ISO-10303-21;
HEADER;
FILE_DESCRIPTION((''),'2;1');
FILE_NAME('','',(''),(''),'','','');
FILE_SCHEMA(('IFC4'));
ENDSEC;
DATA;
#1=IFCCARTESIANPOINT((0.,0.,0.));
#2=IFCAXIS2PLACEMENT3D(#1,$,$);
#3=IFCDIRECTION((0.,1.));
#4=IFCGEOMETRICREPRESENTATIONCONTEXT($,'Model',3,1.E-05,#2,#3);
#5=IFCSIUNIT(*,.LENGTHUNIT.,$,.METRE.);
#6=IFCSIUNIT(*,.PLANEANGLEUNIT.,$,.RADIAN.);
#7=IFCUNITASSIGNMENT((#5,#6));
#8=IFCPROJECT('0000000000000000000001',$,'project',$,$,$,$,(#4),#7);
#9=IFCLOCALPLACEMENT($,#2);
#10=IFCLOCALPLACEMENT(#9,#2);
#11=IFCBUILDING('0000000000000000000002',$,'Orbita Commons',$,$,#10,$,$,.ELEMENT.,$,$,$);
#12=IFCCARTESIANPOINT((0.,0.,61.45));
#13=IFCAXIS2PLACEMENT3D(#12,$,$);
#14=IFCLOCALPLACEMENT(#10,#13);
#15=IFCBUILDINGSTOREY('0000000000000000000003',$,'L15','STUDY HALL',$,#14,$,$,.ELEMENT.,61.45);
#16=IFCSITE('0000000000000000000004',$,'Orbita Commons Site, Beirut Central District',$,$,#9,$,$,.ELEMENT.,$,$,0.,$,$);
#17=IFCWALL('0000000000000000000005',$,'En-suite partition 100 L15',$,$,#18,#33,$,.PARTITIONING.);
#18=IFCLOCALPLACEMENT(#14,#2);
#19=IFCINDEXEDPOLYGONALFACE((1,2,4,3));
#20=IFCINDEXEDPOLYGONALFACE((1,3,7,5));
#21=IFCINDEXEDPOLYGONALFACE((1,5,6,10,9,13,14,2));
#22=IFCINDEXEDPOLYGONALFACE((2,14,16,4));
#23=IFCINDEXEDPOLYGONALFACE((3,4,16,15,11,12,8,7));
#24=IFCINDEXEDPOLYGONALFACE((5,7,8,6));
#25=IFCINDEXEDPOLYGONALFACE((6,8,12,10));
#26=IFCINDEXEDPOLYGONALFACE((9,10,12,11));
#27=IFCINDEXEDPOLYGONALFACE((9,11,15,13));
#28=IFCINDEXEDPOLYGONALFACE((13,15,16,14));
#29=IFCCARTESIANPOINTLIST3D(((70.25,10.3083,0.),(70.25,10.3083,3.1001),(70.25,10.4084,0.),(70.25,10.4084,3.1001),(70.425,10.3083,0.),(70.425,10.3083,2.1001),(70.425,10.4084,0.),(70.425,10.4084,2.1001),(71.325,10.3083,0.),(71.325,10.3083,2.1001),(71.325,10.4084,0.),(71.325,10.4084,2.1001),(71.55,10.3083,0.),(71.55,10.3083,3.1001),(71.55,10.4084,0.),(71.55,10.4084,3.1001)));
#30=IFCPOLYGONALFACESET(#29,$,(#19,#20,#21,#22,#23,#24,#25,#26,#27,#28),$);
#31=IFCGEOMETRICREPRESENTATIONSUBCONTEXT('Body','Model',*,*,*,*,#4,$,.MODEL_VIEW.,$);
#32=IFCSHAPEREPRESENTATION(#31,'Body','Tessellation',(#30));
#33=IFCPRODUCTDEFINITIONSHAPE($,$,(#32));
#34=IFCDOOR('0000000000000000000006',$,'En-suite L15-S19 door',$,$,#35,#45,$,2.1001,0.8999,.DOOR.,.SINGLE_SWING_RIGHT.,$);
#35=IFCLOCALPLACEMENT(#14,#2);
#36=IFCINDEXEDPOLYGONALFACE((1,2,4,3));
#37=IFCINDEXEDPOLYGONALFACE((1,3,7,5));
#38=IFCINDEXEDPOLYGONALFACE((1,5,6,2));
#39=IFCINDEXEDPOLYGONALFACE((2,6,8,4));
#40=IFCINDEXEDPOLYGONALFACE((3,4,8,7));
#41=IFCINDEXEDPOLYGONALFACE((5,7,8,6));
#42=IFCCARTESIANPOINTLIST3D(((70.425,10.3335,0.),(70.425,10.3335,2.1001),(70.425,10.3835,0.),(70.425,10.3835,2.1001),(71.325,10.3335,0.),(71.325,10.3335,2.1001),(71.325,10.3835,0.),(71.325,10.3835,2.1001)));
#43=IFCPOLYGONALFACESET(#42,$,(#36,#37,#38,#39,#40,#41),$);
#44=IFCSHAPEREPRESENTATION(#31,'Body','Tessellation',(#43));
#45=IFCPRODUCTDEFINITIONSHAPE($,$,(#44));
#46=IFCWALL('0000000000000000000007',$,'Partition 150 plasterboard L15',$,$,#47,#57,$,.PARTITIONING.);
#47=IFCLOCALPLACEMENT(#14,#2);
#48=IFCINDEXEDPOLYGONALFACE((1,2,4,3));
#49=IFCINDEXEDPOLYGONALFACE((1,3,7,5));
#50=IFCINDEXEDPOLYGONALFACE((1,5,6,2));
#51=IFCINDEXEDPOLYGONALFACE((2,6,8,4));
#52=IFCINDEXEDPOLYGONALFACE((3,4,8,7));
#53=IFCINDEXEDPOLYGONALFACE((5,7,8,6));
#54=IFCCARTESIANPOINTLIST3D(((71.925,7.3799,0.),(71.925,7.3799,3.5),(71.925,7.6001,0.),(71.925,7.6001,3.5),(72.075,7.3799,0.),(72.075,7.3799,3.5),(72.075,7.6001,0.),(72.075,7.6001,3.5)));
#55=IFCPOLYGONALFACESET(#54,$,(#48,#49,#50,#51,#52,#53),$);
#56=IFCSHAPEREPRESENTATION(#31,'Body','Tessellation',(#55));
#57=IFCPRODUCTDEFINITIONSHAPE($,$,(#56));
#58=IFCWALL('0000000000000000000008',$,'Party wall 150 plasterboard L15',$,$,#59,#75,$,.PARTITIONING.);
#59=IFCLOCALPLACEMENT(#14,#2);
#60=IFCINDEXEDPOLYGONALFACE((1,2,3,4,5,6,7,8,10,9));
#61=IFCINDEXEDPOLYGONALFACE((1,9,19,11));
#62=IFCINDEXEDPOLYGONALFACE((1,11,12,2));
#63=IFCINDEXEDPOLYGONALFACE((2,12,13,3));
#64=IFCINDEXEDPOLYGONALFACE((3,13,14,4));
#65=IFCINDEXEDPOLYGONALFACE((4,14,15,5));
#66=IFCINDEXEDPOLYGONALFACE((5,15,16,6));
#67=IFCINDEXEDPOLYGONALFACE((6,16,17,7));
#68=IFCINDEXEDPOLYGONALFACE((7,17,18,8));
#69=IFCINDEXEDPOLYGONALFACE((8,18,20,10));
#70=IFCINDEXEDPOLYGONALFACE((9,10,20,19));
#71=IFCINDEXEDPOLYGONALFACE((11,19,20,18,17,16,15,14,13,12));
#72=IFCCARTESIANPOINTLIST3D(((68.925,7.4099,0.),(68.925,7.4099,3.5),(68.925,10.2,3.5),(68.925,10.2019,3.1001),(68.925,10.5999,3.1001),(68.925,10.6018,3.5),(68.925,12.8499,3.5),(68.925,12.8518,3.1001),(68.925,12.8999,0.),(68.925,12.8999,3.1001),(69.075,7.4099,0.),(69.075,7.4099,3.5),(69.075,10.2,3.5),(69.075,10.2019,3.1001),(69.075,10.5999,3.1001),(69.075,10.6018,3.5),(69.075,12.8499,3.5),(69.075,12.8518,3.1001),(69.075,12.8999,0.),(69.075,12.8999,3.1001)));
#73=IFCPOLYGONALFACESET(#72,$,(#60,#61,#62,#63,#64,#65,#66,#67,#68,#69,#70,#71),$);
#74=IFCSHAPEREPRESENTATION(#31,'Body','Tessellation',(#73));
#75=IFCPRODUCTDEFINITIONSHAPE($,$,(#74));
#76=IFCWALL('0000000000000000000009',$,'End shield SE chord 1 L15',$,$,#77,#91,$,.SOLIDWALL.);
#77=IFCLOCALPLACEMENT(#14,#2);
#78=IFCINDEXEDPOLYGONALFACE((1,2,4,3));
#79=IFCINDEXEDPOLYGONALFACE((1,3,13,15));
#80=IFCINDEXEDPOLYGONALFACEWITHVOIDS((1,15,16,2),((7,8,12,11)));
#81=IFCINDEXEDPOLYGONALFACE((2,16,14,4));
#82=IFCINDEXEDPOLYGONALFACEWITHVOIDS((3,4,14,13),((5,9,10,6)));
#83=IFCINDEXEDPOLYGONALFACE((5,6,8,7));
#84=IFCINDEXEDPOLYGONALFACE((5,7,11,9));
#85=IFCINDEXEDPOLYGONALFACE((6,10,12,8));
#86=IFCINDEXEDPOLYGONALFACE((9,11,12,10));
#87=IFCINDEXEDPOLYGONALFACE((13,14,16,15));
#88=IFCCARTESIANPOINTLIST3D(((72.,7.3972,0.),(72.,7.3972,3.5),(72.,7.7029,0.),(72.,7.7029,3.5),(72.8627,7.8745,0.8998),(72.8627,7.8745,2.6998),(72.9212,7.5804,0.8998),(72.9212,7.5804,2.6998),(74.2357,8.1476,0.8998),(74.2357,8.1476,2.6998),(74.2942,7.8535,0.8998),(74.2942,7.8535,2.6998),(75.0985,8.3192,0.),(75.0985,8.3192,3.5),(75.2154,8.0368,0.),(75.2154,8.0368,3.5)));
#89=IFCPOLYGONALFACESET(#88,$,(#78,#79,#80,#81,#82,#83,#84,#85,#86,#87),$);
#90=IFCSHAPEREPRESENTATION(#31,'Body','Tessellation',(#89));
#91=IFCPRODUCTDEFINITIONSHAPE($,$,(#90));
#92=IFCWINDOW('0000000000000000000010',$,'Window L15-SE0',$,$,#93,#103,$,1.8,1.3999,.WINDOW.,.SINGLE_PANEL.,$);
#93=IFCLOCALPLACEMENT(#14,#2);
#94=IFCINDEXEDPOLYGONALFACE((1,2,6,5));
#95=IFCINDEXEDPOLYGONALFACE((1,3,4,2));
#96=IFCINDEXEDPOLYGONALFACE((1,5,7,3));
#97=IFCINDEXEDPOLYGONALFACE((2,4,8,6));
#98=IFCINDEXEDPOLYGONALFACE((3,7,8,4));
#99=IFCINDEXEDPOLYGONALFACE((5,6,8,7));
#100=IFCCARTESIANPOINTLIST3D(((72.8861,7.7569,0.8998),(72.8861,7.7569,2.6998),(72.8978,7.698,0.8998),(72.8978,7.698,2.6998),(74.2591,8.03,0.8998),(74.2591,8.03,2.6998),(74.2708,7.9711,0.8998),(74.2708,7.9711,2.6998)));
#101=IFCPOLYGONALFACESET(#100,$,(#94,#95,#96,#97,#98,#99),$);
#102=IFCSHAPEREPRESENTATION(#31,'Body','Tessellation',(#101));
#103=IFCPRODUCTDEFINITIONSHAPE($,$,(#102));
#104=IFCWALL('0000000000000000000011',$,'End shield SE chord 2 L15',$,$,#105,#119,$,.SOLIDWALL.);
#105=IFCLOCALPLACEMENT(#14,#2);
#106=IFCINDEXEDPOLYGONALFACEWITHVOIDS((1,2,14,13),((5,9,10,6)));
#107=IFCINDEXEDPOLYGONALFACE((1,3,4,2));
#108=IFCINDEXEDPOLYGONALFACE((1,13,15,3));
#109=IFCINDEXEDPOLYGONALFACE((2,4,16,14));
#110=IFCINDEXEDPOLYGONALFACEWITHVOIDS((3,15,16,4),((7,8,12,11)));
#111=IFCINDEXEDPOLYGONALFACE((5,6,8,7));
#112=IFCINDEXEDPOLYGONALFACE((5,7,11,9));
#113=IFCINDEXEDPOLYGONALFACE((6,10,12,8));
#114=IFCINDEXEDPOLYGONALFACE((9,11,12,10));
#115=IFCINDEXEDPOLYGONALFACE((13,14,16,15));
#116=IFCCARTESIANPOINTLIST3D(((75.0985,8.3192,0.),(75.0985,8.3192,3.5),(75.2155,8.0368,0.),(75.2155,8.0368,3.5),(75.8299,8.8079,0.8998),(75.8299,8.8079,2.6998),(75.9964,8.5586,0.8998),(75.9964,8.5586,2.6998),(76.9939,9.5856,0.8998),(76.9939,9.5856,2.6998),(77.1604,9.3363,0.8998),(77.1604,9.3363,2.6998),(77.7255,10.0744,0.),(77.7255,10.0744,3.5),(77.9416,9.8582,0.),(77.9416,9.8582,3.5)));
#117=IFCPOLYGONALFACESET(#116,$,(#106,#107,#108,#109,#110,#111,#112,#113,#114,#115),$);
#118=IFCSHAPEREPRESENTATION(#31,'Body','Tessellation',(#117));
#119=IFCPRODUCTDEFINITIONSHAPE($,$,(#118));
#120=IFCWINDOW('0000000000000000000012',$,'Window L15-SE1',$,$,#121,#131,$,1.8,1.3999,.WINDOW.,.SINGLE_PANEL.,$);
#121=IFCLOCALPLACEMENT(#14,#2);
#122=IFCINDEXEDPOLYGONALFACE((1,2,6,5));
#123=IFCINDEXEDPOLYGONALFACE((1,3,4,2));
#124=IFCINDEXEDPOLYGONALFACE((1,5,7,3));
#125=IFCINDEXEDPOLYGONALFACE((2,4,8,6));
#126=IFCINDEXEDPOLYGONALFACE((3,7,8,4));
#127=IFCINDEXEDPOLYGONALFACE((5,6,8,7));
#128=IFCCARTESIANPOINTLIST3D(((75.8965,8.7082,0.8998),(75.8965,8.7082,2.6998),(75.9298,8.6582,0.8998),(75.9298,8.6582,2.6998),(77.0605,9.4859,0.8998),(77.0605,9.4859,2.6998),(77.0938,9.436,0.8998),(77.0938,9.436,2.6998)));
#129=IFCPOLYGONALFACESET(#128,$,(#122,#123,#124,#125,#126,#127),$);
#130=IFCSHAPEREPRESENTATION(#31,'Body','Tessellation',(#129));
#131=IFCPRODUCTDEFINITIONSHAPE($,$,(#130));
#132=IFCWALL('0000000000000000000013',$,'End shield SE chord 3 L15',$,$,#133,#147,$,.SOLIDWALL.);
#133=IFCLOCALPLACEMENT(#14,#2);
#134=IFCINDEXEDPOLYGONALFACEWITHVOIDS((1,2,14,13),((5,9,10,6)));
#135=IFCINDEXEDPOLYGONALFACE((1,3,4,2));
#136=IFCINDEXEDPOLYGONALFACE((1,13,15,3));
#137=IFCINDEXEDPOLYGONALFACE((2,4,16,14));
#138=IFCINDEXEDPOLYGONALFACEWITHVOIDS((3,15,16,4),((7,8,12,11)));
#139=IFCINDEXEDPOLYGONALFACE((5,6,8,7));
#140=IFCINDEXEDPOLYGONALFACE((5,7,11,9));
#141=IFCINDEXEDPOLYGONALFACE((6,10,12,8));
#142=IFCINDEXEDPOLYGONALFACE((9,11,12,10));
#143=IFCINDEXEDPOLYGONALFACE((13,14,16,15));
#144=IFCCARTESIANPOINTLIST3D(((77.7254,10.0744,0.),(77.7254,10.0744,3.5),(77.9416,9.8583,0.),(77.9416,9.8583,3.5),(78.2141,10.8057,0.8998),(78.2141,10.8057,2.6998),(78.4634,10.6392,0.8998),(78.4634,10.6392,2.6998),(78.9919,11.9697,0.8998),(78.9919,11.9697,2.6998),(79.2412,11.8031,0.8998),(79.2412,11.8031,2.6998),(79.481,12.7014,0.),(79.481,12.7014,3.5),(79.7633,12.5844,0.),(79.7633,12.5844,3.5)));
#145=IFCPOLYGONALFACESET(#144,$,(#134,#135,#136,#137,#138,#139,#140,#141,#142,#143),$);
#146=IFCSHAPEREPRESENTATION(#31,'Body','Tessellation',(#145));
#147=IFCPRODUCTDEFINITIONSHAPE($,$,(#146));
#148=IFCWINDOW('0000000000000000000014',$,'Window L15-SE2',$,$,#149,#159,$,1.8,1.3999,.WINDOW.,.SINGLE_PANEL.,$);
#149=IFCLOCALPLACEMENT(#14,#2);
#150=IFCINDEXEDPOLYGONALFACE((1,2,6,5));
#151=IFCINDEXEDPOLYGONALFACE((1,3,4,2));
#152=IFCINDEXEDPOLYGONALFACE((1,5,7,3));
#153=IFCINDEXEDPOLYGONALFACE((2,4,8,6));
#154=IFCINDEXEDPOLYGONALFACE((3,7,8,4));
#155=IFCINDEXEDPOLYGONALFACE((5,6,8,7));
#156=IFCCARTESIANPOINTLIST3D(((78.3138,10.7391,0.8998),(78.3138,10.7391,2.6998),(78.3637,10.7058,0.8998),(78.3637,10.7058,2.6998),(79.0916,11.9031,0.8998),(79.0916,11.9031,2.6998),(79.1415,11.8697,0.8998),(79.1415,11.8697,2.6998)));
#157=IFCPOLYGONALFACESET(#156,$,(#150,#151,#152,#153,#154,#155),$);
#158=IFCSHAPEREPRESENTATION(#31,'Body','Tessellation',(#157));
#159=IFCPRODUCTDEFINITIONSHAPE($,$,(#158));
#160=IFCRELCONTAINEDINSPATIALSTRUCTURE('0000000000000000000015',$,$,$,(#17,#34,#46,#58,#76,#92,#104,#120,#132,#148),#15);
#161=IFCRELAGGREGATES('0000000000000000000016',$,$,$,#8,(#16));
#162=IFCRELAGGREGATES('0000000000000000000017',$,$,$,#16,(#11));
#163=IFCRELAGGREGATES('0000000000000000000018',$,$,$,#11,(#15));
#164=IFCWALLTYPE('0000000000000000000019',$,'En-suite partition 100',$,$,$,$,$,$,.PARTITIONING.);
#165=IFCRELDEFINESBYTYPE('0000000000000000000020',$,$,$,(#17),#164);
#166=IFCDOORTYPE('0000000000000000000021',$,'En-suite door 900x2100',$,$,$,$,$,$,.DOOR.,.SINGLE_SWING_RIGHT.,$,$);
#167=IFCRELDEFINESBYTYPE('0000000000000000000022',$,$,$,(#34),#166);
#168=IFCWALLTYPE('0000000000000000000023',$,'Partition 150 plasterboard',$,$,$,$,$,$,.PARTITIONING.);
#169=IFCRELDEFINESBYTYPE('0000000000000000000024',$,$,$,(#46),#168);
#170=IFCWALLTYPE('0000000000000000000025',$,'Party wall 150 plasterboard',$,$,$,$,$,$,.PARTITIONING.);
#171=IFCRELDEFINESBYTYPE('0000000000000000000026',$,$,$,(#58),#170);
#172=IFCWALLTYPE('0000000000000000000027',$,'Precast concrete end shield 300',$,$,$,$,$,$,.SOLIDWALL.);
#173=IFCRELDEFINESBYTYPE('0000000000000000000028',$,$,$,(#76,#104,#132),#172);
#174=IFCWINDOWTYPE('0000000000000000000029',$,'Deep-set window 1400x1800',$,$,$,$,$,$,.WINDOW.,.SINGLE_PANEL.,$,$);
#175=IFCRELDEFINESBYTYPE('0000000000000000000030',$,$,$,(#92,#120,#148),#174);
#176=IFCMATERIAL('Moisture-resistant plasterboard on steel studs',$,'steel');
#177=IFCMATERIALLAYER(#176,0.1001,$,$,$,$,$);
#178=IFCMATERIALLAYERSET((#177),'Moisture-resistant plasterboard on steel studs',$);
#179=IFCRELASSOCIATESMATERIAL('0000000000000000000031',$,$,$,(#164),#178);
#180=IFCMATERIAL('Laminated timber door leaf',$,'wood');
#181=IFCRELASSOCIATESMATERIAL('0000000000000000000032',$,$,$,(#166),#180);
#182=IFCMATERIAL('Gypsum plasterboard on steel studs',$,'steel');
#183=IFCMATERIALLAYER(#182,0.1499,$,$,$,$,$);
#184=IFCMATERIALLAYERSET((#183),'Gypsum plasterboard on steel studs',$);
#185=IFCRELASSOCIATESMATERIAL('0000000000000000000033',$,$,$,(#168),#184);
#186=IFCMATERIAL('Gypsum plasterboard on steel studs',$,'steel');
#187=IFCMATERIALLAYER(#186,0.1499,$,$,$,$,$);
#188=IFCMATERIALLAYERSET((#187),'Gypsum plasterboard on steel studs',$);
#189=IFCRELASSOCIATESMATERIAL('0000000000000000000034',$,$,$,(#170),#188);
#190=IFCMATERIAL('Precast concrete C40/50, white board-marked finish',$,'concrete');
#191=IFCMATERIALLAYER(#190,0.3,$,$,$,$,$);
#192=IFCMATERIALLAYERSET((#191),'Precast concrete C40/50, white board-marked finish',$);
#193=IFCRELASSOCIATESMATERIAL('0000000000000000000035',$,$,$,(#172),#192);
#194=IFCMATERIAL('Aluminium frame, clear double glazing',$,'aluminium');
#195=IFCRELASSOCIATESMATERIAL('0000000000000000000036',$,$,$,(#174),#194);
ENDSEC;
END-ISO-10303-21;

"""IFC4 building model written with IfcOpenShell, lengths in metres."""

from ifc_helpers import new_model, si_unit, direction, frame, frame_2d, origin, place, context, subcontext, project, spatial, polyline, rectangle, outline, extrude, material, layer, layer_set, type_object, element, fill, save


model = new_model("IFC4")

# Units and contexts
model_context = context("Model", 3, precision=1e-05, world=origin(), true_north=direction((0.0, 1.0)))
body_context = subcontext(model_context, "Body", "Model", "MODEL_VIEW")
ifc_project = project(units=[si_unit("LENGTHUNIT", "METRE"), si_unit("PLANEANGLEUNIT", "RADIAN")], contexts=[model_context])

# Site, building, storey
site_placement = place(None, origin())
site = spatial("IfcSite", under=ifc_project, at=site_placement, Name="Orbita Commons Site, Beirut Central District", CompositionType="ELEMENT", RefElevation=0.0)
building_placement = place(site_placement, origin())
building = spatial("IfcBuilding", under=site, at=building_placement, Name="Orbita Commons", CompositionType="ELEMENT")
storey_placement = place(building_placement, frame((0.0, 0.0, 61.45)))
storey = spatial("IfcBuildingStorey", under=building, at=storey_placement, Name="L15", Description="STUDY HALL", CompositionType="ELEMENT", Elevation=61.45)

# Wall, opening, door
ifc_material_1 = material(Name="Moisture-resistant plasterboard on steel studs", Category="steel")
ifc_layer_1 = layer(ifc_material_1, 0.1001)
ifc_layer_set_1 = layer_set([ifc_layer_1], Name="Moisture-resistant plasterboard on steel studs")
wall_type_1 = type_object("IfcWallType", Name="En-suite partition 100", PredefinedType="PARTITIONING", material=ifc_layer_set_1)
ifc_material_2 = material(Name="Laminated timber door leaf", Category="wood")
door_type = type_object("IfcDoorType", Name="En-suite door 900x2100", OperationType="SINGLE_SWING_RIGHT", PredefinedType="DOOR", material=ifc_material_2)
wall_1_placement = place(storey_placement, frame((71.55, 10.3584, 0.0), z_axis=(0.0, 0.0, 1.0), x_axis=(-1.0, 0.0, 0.0)))
wall_1 = element("IfcWall", 1, at=wall_1_placement, inside=storey, type_object=wall_type_1, Name="En-suite partition 100 L15", PredefinedType="PARTITIONING", context=body_context, shape_type="SweptSolid", body=[
    extrude(outline(polyline([(0.0, 0.0), (1.3, 0.0), (1.3, 3.1001), (0.0, 3.1001), (0.0, 0.0)])), frame((0.0, 0.05, 0.0), z_axis=(0.0, -1.0, 0.0), x_axis=(1.0, 0.0, 0.0)), (0.0, 0.0, 1.0), 0.1001),
])
opening_1_placement = place(wall_1_placement, frame((0.2251, 0.0, 0.0)))
opening_1 = element("IfcOpeningElement", 2, at=opening_1_placement, cuts=wall_1, PredefinedType="OPENING", context=body_context, shape_type="SweptSolid", body=[
    extrude(rectangle(XDim=0.8999, YDim=2.1001, at=frame_2d((0.45, 1.05))), frame((0.0, 0.0601, 0.0), z_axis=(0.0, -1.0, 0.0), x_axis=(1.0, 0.0, 0.0)), (0.0, 0.0, 1.0), 0.1201),
])
door_1_placement = place(opening_1_placement, origin())
door_1 = element("IfcDoor", 3, at=door_1_placement, inside=storey, type_object=door_type, Name="En-suite L15-S19 door", OperationType="SINGLE_SWING_RIGHT", OverallHeight=2.1001, OverallWidth=0.8999, PredefinedType="DOOR", context=body_context, shape_type="SweptSolid", body=[
    extrude(rectangle(XDim=0.8999, YDim=2.1001, at=frame_2d((0.45, 1.05))), frame((0.0, 0.0249, 0.0), z_axis=(0.0, -1.0, 0.0), x_axis=(1.0, 0.0, 0.0)), (0.0, 0.0, 1.0), 0.05),
])
fill(opening_1, door_1)

# Walls
ifc_material_3 = material(Name="Gypsum plasterboard on steel studs", Category="steel")
ifc_layer_2 = layer(ifc_material_3, 0.1499)
ifc_layer_set_2 = layer_set([ifc_layer_2], Name="Gypsum plasterboard on steel studs")
wall_type_2 = type_object("IfcWallType", Name="Partition 150 plasterboard", PredefinedType="PARTITIONING", material=ifc_layer_set_2)
wall_2_placement = place(storey_placement, frame((72.0, 7.6001, 0.0), z_axis=(0.0, 0.0, 1.0), x_axis=(0.0, -1.0, 0.0)))
element("IfcWall", 4, at=wall_2_placement, inside=storey, type_object=wall_type_2, Name="Partition 150 plasterboard L15", PredefinedType="PARTITIONING", context=body_context, shape_type="SweptSolid", body=[
    extrude(rectangle(XDim=0.2202, YDim=0.1499, at=frame_2d((0.1101, 0.0))), origin(), (0.0, 0.0, 1.0), 3.5),
])
ifc_material_4 = material(Name="Gypsum plasterboard on steel studs", Category="steel")
ifc_layer_3 = layer(ifc_material_4, 0.1499)
ifc_layer_set_3 = layer_set([ifc_layer_3], Name="Gypsum plasterboard on steel studs")
wall_type_3 = type_object("IfcWallType", Name="Party wall 150 plasterboard", PredefinedType="PARTITIONING", material=ifc_layer_set_3)
wall_3_placement = place(storey_placement, frame((69.0, 7.4099, 0.0), z_axis=(0.0, 0.0, 1.0), x_axis=(0.0, 1.0, 0.0)))
element("IfcWall", 5, at=wall_3_placement, inside=storey, type_object=wall_type_3, Name="Party wall 150 plasterboard L15", PredefinedType="PARTITIONING", context=body_context, shape_type="SweptSolid", body=[
    extrude(outline(polyline([(0.0, 0.0), (5.49, 0.0), (5.49, 3.1001), (5.4419, 3.1001), (5.4399, 3.5), (3.1919, 3.5), (3.1899, 3.1001), (2.792, 3.1001), (2.79, 3.5), (0.0, 3.5), (0.0, 0.0)])), frame((0.0, 0.075, 0.0), z_axis=(0.0, -1.0, 0.0), x_axis=(1.0, 0.0, 0.0)), (0.0, 0.0, 1.0), 0.1499),
])

# Walls, openings, windows
ifc_material_5 = material(Name="Precast concrete C40/50, white board-marked finish", Category="concrete")
ifc_layer_4 = layer(ifc_material_5, 0.3)
ifc_layer_set_4 = layer_set([ifc_layer_4], Name="Precast concrete C40/50, white board-marked finish")
wall_type_4 = type_object("IfcWallType", Name="Precast concrete end shield 300", PredefinedType="SOLIDWALL", material=ifc_layer_set_4)
wall_4_placement = place(storey_placement, frame((72.0, 7.55, 0.0), z_axis=(0.0, 0.0, 1.0), x_axis=(0.980787, 0.19508, 0.0)))
wall_4 = element("IfcWall", 6, at=wall_4_placement, inside=storey, type_object=wall_type_4, Name="End shield SE chord 1 L15", PredefinedType="SOLIDWALL", context=body_context, shape_type="SweptSolid", body=[
    extrude(outline(polyline([(-0.0298, -0.1499), (3.2485, -0.1499), (3.189, 0.1499), (0.0298, 0.1499), (-0.0298, -0.1499)])), origin(), (0.0, 0.0, 1.0), 3.5),
])
opening_2_placement = place(wall_4_placement, frame((0.9094, 0.0, 0.8999)))
opening_2 = element("IfcOpeningElement", 7, at=opening_2_placement, cuts=wall_4, PredefinedType="OPENING", context=body_context, shape_type="SweptSolid", body=[
    extrude(rectangle(XDim=1.3999, YDim=1.8, at=frame_2d((0.7, 0.8999))), frame((0.0, 0.1599, 0.0), z_axis=(0.0, -1.0, 0.0), x_axis=(1.0, 0.0, 0.0)), (0.0, 0.0, 1.0), 0.3201),
])
ifc_material_6 = material(Name="Aluminium frame, clear double glazing", Category="aluminium")
window_type = type_object("IfcWindowType", Name="Deep-set window 1400x1800", PartitioningType="SINGLE_PANEL", PredefinedType="WINDOW", material=ifc_material_6)
window_1_placement = place(opening_2_placement, origin())
window_1 = element("IfcWindow", 8, at=window_1_placement, inside=storey, type_object=window_type, Name="Window L15-SE0", OverallHeight=1.8, OverallWidth=1.3999, PartitioningType="SINGLE_PANEL", PredefinedType="WINDOW", context=body_context, shape_type="SweptSolid", body=[
    extrude(rectangle(XDim=1.3999, YDim=1.8, at=frame_2d((0.7, 0.8999))), frame((0.0, 0.03, 0.0), z_axis=(0.0, -1.0, 0.0), x_axis=(1.0, 0.0, 0.0)), (0.0, 0.0, 1.0), 0.0601),
])
fill(opening_2, window_1)
wall_5_placement = place(storey_placement, frame((75.157, 8.178, 0.0), z_axis=(0.0, 0.0, 1.0), x_axis=(0.831478, 0.555558, 0.0)))
wall_5 = element("IfcWall", 9, at=wall_5_placement, inside=storey, type_object=wall_type_4, Name="End shield SE chord 2 L15", PredefinedType="SOLIDWALL", context=body_context, shape_type="SweptSolid", body=[
    extrude(outline(polyline([(-0.0298, -0.1499), (3.2488, -0.1499), (3.1892, 0.1499), (0.0298, 0.1499), (-0.0298, -0.1499)])), origin(), (0.0, 0.0, 1.0), 3.5),
])
opening_3_placement = place(wall_5_placement, frame((0.9094, 0.0, 0.8999)))
opening_3 = element("IfcOpeningElement", 10, at=opening_3_placement, cuts=wall_5, PredefinedType="OPENING", context=body_context, shape_type="SweptSolid", body=[
    extrude(rectangle(XDim=1.3999, YDim=1.8, at=frame_2d((0.7, 0.8999))), frame((0.0, 0.1599, 0.0), z_axis=(0.0, -1.0, 0.0), x_axis=(1.0, 0.0, 0.0)), (0.0, 0.0, 1.0), 0.3201),
])
window_2_placement = place(opening_3_placement, origin())
window_2 = element("IfcWindow", 11, at=window_2_placement, inside=storey, type_object=window_type, Name="Window L15-SE1", OverallHeight=1.8, OverallWidth=1.3999, PartitioningType="SINGLE_PANEL", PredefinedType="WINDOW", context=body_context, shape_type="SweptSolid", body=[
    extrude(rectangle(XDim=1.3999, YDim=1.8, at=frame_2d((0.7, 0.8999))), frame((0.0, 0.03, 0.0), z_axis=(0.0, -1.0, 0.0), x_axis=(1.0, 0.0, 0.0)), (0.0, 0.0, 1.0), 0.0601),
])
fill(opening_3, window_2)
wall_6_placement = place(storey_placement, frame((77.8335, 9.9663, 0.0), z_axis=(0.0, 0.0, 1.0), x_axis=(0.55561, 0.831443, 0.0)))
wall_6 = element("IfcWall", 12, at=wall_6_placement, inside=storey, type_object=wall_type_4, Name="End shield SE chord 3 L15", PredefinedType="SOLIDWALL", context=body_context, shape_type="SweptSolid", body=[
    extrude(outline(polyline([(-0.0298, -0.1499), (3.249, -0.1499), (3.1895, 0.1499), (0.0298, 0.1499), (-0.0298, -0.1499)])), origin(), (0.0, 0.0, 1.0), 3.5),
])
opening_4_placement = place(wall_6_placement, frame((0.9094, 0.0, 0.8999)))
opening_4 = element("IfcOpeningElement", 13, at=opening_4_placement, cuts=wall_6, PredefinedType="OPENING", context=body_context, shape_type="SweptSolid", body=[
    extrude(rectangle(XDim=1.3999, YDim=1.8, at=frame_2d((0.7, 0.8999))), frame((0.0, 0.1599, 0.0), z_axis=(0.0, -1.0, 0.0), x_axis=(1.0, 0.0, 0.0)), (0.0, 0.0, 1.0), 0.3201),
])
window_3_placement = place(opening_4_placement, origin())
window_3 = element("IfcWindow", 14, at=window_3_placement, inside=storey, type_object=window_type, Name="Window L15-SE2", OverallHeight=1.8, OverallWidth=1.3999, PartitioningType="SINGLE_PANEL", PredefinedType="WINDOW", context=body_context, shape_type="SweptSolid", body=[
    extrude(rectangle(XDim=1.3999, YDim=1.8, at=frame_2d((0.7, 0.8999))), frame((0.0, 0.03, 0.0), z_axis=(0.0, -1.0, 0.0), x_axis=(1.0, 0.0, 0.0)), (0.0, 0.0, 1.0), 0.0601),
])
fill(opening_4, window_3)

save(model, "model.ifc")
